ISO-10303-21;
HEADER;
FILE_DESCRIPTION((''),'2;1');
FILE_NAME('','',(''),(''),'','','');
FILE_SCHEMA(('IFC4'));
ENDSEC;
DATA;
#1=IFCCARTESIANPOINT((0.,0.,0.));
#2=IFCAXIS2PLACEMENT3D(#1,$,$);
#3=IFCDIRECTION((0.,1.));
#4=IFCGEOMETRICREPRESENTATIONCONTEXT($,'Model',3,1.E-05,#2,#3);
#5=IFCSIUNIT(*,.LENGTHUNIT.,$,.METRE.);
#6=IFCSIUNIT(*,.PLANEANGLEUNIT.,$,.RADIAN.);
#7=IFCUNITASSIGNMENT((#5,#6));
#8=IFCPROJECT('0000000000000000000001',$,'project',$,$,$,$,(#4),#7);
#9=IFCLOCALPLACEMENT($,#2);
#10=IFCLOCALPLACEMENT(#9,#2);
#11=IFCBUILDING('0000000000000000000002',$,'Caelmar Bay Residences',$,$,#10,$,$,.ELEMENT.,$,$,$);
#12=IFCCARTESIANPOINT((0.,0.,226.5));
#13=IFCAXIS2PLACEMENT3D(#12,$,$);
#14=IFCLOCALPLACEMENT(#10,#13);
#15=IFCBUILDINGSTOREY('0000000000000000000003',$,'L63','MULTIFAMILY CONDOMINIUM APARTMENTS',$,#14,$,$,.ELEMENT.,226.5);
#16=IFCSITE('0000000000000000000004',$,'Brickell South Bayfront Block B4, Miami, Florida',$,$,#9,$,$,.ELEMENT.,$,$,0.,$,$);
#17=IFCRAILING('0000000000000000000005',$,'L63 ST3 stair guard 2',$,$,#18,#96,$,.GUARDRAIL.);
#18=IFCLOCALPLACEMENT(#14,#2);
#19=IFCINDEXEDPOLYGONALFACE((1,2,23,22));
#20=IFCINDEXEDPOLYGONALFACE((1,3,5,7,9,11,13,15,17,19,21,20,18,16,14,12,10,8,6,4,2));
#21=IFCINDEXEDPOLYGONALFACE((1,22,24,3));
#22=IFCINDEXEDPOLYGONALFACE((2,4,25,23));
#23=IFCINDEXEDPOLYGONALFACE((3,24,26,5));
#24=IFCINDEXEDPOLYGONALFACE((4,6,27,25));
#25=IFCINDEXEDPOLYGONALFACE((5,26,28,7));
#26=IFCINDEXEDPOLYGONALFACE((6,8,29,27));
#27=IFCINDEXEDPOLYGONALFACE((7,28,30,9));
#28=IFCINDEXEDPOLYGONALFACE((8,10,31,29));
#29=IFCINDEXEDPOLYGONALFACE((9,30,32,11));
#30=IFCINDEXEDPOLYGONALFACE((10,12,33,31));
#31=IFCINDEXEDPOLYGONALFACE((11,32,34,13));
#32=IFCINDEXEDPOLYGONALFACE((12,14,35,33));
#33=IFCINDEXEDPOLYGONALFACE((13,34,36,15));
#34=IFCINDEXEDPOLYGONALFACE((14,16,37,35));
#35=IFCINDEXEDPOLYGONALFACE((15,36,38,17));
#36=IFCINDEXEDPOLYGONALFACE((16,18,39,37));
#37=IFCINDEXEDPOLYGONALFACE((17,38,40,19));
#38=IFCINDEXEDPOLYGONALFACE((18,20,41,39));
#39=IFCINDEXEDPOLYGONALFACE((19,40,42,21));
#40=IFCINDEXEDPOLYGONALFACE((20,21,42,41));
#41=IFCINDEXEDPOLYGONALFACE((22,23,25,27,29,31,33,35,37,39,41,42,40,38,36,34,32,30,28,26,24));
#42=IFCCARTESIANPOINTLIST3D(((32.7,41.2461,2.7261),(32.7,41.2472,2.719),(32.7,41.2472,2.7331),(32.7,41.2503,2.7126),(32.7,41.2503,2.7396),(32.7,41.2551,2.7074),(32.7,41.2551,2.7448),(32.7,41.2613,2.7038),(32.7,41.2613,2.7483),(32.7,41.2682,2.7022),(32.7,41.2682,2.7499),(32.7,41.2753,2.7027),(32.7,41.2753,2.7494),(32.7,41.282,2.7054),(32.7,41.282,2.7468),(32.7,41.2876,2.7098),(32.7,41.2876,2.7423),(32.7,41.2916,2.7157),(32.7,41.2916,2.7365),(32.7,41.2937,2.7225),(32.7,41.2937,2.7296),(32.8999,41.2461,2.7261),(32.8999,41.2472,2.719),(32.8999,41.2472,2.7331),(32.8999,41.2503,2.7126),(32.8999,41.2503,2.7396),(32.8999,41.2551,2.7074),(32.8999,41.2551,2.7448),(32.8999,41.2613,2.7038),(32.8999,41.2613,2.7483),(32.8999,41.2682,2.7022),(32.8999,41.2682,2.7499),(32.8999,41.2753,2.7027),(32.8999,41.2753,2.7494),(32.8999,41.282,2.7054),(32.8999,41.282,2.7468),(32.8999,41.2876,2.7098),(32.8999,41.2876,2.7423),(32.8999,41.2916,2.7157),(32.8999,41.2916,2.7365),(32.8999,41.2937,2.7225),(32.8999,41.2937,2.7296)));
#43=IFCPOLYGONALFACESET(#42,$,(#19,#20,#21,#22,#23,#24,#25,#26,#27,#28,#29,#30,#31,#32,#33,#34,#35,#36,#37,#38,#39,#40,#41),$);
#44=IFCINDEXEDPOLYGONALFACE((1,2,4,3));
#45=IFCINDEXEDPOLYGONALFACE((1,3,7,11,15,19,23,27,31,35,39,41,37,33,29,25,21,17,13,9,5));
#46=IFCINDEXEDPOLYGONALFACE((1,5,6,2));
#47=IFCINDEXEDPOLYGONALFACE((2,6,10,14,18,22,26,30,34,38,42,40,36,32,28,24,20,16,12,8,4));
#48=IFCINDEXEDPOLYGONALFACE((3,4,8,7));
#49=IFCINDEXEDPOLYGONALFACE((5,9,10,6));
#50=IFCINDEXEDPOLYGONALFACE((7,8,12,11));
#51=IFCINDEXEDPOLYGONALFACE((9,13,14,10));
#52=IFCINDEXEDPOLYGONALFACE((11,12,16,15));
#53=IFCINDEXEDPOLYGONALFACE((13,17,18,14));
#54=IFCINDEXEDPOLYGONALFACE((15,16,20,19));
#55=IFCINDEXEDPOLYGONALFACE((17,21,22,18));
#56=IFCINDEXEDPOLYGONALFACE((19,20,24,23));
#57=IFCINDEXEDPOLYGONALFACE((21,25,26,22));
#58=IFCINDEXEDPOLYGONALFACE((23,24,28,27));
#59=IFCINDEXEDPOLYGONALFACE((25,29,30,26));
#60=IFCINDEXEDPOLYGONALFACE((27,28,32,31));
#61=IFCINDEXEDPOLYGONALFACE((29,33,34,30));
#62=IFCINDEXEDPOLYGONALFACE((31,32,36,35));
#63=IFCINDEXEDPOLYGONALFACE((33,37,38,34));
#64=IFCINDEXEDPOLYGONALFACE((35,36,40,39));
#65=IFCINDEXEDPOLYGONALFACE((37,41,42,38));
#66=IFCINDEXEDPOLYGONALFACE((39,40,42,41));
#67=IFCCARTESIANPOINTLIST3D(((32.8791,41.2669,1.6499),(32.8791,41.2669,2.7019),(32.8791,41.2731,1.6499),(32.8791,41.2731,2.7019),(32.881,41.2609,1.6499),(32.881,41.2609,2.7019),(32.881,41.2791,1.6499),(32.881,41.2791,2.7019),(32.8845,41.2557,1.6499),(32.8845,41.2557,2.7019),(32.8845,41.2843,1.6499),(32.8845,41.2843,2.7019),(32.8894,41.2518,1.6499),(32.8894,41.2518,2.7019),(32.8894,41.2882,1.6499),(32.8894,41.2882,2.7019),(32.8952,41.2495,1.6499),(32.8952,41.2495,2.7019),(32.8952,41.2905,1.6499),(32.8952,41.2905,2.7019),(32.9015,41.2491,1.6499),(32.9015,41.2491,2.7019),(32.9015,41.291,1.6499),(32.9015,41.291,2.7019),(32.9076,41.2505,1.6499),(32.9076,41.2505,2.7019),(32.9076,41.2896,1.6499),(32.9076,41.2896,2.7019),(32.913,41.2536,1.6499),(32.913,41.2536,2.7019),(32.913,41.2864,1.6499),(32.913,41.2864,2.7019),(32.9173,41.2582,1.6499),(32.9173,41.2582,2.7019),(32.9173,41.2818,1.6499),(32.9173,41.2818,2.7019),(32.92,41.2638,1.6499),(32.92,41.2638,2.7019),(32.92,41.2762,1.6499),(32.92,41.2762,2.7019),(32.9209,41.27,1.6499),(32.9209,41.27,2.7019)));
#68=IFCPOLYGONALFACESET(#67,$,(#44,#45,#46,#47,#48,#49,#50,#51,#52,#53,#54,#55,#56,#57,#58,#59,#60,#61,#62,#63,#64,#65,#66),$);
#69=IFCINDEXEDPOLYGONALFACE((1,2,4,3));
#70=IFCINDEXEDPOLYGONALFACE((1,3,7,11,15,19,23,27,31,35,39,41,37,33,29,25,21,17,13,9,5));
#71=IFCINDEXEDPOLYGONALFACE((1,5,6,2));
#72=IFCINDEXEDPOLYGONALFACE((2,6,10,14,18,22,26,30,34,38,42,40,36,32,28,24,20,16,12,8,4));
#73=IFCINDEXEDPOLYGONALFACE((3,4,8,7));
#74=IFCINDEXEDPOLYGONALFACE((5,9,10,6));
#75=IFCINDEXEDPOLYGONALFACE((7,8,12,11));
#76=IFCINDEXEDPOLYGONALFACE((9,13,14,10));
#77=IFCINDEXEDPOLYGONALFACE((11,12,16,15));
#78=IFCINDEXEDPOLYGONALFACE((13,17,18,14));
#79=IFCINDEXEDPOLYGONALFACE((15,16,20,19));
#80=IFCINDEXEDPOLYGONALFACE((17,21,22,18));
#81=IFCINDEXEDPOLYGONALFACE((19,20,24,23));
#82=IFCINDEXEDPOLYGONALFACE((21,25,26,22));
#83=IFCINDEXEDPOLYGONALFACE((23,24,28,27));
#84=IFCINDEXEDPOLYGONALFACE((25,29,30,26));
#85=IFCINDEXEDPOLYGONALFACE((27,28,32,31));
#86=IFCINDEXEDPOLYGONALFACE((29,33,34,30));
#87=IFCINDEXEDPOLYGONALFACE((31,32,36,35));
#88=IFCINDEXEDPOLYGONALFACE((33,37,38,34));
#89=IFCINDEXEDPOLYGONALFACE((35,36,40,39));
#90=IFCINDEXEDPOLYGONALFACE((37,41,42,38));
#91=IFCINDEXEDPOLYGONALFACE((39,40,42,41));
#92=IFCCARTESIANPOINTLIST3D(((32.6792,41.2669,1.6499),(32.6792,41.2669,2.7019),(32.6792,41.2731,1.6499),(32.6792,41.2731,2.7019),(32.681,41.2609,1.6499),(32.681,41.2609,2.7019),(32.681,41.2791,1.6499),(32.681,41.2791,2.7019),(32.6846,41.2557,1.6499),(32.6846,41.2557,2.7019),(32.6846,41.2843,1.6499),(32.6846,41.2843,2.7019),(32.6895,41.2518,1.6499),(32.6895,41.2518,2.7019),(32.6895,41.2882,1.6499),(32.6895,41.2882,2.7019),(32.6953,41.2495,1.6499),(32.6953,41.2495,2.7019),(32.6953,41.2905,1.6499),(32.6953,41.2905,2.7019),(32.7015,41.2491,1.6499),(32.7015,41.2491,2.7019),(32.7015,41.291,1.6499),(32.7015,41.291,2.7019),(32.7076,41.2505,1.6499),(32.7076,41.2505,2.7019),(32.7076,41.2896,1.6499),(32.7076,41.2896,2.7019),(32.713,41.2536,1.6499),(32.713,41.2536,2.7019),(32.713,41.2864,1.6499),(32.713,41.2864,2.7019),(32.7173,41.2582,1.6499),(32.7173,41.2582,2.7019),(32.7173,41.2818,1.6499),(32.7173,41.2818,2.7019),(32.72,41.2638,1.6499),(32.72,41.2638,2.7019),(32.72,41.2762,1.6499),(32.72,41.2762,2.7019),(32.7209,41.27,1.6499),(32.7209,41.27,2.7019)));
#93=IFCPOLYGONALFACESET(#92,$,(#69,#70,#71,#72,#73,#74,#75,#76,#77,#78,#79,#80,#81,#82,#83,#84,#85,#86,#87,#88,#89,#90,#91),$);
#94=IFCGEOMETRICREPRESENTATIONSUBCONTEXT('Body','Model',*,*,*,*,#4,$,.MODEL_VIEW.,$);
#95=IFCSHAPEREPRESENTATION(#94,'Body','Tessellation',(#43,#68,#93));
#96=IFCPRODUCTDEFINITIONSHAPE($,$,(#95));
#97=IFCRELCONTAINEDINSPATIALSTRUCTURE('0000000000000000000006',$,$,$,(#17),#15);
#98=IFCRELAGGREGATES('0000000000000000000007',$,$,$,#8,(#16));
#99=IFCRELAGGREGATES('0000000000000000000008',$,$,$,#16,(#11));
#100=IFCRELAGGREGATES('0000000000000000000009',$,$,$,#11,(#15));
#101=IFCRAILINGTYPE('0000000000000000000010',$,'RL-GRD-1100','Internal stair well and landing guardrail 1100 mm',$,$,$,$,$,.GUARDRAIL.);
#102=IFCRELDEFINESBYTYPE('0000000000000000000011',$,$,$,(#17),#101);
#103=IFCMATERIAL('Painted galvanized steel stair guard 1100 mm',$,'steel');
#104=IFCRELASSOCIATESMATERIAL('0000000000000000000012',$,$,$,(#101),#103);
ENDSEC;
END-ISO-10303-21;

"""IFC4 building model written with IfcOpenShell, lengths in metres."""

from ifc_helpers import new_model, si_unit, direction, frame, origin, origin_2d, place, context, subcontext, project, spatial, circle, extrude, material, type_object, element, save


model = new_model("IFC4")

# Units and contexts
model_context = context("Model", 3, precision=1e-05, world=origin(), true_north=direction((0.0, 1.0)))
body_context = subcontext(model_context, "Body", "Model", "MODEL_VIEW")
ifc_project = project(units=[si_unit("LENGTHUNIT", "METRE"), si_unit("PLANEANGLEUNIT", "RADIAN")], contexts=[model_context])

# Site, building, storey
site_placement = place(None, origin())
site = spatial("IfcSite", under=ifc_project, at=site_placement, Name="Brickell South Bayfront Block B4, Miami, Florida", CompositionType="ELEMENT", RefElevation=0.0)
building_placement = place(site_placement, origin())
building = spatial("IfcBuilding", under=site, at=building_placement, Name="Caelmar Bay Residences", CompositionType="ELEMENT")
storey_placement = place(building_placement, frame((0.0, 0.0, 226.5)))
storey = spatial("IfcBuildingStorey", under=building, at=storey_placement, Name="L63", Description="MULTIFAMILY CONDOMINIUM APARTMENTS", CompositionType="ELEMENT", Elevation=226.5)

# Railing
ifc_material_1 = material(Name="Painted galvanized steel stair guard 1100 mm", Category="steel")
railing_type_1 = type_object("IfcRailingType", Name="RL-GRD-1100", Description="Internal stair well and landing guardrail 1100 mm", PredefinedType="GUARDRAIL", material=ifc_material_1)
railing_1_placement = place(storey_placement, frame((32.8999, 41.27, 1.6499)))
element("IfcRailing", 1, at=railing_1_placement, inside=storey, type_object=railing_type_1, Name="L63 ST3 stair guard 2", PredefinedType="GUARDRAIL", context=body_context, shape_type="SweptSolid", body=[
    extrude(circle(Radius=0.0239, at=origin_2d()), frame((0.0, 0.0, 1.0762), z_axis=(-1.0, 0.0, 0.0), x_axis=(0.0, -1.0, 0.0)), (0.0, 0.0, 1.0), 0.2),
    extrude(circle(Radius=0.021, at=origin_2d()), origin(), (0.0, 0.0, 1.0), 1.052),
    extrude(circle(Radius=0.021, at=origin_2d()), frame((-0.2, 0.0, 0.0)), (0.0, 0.0, 1.0), 1.052),
])

save(model, "model.ifc")
